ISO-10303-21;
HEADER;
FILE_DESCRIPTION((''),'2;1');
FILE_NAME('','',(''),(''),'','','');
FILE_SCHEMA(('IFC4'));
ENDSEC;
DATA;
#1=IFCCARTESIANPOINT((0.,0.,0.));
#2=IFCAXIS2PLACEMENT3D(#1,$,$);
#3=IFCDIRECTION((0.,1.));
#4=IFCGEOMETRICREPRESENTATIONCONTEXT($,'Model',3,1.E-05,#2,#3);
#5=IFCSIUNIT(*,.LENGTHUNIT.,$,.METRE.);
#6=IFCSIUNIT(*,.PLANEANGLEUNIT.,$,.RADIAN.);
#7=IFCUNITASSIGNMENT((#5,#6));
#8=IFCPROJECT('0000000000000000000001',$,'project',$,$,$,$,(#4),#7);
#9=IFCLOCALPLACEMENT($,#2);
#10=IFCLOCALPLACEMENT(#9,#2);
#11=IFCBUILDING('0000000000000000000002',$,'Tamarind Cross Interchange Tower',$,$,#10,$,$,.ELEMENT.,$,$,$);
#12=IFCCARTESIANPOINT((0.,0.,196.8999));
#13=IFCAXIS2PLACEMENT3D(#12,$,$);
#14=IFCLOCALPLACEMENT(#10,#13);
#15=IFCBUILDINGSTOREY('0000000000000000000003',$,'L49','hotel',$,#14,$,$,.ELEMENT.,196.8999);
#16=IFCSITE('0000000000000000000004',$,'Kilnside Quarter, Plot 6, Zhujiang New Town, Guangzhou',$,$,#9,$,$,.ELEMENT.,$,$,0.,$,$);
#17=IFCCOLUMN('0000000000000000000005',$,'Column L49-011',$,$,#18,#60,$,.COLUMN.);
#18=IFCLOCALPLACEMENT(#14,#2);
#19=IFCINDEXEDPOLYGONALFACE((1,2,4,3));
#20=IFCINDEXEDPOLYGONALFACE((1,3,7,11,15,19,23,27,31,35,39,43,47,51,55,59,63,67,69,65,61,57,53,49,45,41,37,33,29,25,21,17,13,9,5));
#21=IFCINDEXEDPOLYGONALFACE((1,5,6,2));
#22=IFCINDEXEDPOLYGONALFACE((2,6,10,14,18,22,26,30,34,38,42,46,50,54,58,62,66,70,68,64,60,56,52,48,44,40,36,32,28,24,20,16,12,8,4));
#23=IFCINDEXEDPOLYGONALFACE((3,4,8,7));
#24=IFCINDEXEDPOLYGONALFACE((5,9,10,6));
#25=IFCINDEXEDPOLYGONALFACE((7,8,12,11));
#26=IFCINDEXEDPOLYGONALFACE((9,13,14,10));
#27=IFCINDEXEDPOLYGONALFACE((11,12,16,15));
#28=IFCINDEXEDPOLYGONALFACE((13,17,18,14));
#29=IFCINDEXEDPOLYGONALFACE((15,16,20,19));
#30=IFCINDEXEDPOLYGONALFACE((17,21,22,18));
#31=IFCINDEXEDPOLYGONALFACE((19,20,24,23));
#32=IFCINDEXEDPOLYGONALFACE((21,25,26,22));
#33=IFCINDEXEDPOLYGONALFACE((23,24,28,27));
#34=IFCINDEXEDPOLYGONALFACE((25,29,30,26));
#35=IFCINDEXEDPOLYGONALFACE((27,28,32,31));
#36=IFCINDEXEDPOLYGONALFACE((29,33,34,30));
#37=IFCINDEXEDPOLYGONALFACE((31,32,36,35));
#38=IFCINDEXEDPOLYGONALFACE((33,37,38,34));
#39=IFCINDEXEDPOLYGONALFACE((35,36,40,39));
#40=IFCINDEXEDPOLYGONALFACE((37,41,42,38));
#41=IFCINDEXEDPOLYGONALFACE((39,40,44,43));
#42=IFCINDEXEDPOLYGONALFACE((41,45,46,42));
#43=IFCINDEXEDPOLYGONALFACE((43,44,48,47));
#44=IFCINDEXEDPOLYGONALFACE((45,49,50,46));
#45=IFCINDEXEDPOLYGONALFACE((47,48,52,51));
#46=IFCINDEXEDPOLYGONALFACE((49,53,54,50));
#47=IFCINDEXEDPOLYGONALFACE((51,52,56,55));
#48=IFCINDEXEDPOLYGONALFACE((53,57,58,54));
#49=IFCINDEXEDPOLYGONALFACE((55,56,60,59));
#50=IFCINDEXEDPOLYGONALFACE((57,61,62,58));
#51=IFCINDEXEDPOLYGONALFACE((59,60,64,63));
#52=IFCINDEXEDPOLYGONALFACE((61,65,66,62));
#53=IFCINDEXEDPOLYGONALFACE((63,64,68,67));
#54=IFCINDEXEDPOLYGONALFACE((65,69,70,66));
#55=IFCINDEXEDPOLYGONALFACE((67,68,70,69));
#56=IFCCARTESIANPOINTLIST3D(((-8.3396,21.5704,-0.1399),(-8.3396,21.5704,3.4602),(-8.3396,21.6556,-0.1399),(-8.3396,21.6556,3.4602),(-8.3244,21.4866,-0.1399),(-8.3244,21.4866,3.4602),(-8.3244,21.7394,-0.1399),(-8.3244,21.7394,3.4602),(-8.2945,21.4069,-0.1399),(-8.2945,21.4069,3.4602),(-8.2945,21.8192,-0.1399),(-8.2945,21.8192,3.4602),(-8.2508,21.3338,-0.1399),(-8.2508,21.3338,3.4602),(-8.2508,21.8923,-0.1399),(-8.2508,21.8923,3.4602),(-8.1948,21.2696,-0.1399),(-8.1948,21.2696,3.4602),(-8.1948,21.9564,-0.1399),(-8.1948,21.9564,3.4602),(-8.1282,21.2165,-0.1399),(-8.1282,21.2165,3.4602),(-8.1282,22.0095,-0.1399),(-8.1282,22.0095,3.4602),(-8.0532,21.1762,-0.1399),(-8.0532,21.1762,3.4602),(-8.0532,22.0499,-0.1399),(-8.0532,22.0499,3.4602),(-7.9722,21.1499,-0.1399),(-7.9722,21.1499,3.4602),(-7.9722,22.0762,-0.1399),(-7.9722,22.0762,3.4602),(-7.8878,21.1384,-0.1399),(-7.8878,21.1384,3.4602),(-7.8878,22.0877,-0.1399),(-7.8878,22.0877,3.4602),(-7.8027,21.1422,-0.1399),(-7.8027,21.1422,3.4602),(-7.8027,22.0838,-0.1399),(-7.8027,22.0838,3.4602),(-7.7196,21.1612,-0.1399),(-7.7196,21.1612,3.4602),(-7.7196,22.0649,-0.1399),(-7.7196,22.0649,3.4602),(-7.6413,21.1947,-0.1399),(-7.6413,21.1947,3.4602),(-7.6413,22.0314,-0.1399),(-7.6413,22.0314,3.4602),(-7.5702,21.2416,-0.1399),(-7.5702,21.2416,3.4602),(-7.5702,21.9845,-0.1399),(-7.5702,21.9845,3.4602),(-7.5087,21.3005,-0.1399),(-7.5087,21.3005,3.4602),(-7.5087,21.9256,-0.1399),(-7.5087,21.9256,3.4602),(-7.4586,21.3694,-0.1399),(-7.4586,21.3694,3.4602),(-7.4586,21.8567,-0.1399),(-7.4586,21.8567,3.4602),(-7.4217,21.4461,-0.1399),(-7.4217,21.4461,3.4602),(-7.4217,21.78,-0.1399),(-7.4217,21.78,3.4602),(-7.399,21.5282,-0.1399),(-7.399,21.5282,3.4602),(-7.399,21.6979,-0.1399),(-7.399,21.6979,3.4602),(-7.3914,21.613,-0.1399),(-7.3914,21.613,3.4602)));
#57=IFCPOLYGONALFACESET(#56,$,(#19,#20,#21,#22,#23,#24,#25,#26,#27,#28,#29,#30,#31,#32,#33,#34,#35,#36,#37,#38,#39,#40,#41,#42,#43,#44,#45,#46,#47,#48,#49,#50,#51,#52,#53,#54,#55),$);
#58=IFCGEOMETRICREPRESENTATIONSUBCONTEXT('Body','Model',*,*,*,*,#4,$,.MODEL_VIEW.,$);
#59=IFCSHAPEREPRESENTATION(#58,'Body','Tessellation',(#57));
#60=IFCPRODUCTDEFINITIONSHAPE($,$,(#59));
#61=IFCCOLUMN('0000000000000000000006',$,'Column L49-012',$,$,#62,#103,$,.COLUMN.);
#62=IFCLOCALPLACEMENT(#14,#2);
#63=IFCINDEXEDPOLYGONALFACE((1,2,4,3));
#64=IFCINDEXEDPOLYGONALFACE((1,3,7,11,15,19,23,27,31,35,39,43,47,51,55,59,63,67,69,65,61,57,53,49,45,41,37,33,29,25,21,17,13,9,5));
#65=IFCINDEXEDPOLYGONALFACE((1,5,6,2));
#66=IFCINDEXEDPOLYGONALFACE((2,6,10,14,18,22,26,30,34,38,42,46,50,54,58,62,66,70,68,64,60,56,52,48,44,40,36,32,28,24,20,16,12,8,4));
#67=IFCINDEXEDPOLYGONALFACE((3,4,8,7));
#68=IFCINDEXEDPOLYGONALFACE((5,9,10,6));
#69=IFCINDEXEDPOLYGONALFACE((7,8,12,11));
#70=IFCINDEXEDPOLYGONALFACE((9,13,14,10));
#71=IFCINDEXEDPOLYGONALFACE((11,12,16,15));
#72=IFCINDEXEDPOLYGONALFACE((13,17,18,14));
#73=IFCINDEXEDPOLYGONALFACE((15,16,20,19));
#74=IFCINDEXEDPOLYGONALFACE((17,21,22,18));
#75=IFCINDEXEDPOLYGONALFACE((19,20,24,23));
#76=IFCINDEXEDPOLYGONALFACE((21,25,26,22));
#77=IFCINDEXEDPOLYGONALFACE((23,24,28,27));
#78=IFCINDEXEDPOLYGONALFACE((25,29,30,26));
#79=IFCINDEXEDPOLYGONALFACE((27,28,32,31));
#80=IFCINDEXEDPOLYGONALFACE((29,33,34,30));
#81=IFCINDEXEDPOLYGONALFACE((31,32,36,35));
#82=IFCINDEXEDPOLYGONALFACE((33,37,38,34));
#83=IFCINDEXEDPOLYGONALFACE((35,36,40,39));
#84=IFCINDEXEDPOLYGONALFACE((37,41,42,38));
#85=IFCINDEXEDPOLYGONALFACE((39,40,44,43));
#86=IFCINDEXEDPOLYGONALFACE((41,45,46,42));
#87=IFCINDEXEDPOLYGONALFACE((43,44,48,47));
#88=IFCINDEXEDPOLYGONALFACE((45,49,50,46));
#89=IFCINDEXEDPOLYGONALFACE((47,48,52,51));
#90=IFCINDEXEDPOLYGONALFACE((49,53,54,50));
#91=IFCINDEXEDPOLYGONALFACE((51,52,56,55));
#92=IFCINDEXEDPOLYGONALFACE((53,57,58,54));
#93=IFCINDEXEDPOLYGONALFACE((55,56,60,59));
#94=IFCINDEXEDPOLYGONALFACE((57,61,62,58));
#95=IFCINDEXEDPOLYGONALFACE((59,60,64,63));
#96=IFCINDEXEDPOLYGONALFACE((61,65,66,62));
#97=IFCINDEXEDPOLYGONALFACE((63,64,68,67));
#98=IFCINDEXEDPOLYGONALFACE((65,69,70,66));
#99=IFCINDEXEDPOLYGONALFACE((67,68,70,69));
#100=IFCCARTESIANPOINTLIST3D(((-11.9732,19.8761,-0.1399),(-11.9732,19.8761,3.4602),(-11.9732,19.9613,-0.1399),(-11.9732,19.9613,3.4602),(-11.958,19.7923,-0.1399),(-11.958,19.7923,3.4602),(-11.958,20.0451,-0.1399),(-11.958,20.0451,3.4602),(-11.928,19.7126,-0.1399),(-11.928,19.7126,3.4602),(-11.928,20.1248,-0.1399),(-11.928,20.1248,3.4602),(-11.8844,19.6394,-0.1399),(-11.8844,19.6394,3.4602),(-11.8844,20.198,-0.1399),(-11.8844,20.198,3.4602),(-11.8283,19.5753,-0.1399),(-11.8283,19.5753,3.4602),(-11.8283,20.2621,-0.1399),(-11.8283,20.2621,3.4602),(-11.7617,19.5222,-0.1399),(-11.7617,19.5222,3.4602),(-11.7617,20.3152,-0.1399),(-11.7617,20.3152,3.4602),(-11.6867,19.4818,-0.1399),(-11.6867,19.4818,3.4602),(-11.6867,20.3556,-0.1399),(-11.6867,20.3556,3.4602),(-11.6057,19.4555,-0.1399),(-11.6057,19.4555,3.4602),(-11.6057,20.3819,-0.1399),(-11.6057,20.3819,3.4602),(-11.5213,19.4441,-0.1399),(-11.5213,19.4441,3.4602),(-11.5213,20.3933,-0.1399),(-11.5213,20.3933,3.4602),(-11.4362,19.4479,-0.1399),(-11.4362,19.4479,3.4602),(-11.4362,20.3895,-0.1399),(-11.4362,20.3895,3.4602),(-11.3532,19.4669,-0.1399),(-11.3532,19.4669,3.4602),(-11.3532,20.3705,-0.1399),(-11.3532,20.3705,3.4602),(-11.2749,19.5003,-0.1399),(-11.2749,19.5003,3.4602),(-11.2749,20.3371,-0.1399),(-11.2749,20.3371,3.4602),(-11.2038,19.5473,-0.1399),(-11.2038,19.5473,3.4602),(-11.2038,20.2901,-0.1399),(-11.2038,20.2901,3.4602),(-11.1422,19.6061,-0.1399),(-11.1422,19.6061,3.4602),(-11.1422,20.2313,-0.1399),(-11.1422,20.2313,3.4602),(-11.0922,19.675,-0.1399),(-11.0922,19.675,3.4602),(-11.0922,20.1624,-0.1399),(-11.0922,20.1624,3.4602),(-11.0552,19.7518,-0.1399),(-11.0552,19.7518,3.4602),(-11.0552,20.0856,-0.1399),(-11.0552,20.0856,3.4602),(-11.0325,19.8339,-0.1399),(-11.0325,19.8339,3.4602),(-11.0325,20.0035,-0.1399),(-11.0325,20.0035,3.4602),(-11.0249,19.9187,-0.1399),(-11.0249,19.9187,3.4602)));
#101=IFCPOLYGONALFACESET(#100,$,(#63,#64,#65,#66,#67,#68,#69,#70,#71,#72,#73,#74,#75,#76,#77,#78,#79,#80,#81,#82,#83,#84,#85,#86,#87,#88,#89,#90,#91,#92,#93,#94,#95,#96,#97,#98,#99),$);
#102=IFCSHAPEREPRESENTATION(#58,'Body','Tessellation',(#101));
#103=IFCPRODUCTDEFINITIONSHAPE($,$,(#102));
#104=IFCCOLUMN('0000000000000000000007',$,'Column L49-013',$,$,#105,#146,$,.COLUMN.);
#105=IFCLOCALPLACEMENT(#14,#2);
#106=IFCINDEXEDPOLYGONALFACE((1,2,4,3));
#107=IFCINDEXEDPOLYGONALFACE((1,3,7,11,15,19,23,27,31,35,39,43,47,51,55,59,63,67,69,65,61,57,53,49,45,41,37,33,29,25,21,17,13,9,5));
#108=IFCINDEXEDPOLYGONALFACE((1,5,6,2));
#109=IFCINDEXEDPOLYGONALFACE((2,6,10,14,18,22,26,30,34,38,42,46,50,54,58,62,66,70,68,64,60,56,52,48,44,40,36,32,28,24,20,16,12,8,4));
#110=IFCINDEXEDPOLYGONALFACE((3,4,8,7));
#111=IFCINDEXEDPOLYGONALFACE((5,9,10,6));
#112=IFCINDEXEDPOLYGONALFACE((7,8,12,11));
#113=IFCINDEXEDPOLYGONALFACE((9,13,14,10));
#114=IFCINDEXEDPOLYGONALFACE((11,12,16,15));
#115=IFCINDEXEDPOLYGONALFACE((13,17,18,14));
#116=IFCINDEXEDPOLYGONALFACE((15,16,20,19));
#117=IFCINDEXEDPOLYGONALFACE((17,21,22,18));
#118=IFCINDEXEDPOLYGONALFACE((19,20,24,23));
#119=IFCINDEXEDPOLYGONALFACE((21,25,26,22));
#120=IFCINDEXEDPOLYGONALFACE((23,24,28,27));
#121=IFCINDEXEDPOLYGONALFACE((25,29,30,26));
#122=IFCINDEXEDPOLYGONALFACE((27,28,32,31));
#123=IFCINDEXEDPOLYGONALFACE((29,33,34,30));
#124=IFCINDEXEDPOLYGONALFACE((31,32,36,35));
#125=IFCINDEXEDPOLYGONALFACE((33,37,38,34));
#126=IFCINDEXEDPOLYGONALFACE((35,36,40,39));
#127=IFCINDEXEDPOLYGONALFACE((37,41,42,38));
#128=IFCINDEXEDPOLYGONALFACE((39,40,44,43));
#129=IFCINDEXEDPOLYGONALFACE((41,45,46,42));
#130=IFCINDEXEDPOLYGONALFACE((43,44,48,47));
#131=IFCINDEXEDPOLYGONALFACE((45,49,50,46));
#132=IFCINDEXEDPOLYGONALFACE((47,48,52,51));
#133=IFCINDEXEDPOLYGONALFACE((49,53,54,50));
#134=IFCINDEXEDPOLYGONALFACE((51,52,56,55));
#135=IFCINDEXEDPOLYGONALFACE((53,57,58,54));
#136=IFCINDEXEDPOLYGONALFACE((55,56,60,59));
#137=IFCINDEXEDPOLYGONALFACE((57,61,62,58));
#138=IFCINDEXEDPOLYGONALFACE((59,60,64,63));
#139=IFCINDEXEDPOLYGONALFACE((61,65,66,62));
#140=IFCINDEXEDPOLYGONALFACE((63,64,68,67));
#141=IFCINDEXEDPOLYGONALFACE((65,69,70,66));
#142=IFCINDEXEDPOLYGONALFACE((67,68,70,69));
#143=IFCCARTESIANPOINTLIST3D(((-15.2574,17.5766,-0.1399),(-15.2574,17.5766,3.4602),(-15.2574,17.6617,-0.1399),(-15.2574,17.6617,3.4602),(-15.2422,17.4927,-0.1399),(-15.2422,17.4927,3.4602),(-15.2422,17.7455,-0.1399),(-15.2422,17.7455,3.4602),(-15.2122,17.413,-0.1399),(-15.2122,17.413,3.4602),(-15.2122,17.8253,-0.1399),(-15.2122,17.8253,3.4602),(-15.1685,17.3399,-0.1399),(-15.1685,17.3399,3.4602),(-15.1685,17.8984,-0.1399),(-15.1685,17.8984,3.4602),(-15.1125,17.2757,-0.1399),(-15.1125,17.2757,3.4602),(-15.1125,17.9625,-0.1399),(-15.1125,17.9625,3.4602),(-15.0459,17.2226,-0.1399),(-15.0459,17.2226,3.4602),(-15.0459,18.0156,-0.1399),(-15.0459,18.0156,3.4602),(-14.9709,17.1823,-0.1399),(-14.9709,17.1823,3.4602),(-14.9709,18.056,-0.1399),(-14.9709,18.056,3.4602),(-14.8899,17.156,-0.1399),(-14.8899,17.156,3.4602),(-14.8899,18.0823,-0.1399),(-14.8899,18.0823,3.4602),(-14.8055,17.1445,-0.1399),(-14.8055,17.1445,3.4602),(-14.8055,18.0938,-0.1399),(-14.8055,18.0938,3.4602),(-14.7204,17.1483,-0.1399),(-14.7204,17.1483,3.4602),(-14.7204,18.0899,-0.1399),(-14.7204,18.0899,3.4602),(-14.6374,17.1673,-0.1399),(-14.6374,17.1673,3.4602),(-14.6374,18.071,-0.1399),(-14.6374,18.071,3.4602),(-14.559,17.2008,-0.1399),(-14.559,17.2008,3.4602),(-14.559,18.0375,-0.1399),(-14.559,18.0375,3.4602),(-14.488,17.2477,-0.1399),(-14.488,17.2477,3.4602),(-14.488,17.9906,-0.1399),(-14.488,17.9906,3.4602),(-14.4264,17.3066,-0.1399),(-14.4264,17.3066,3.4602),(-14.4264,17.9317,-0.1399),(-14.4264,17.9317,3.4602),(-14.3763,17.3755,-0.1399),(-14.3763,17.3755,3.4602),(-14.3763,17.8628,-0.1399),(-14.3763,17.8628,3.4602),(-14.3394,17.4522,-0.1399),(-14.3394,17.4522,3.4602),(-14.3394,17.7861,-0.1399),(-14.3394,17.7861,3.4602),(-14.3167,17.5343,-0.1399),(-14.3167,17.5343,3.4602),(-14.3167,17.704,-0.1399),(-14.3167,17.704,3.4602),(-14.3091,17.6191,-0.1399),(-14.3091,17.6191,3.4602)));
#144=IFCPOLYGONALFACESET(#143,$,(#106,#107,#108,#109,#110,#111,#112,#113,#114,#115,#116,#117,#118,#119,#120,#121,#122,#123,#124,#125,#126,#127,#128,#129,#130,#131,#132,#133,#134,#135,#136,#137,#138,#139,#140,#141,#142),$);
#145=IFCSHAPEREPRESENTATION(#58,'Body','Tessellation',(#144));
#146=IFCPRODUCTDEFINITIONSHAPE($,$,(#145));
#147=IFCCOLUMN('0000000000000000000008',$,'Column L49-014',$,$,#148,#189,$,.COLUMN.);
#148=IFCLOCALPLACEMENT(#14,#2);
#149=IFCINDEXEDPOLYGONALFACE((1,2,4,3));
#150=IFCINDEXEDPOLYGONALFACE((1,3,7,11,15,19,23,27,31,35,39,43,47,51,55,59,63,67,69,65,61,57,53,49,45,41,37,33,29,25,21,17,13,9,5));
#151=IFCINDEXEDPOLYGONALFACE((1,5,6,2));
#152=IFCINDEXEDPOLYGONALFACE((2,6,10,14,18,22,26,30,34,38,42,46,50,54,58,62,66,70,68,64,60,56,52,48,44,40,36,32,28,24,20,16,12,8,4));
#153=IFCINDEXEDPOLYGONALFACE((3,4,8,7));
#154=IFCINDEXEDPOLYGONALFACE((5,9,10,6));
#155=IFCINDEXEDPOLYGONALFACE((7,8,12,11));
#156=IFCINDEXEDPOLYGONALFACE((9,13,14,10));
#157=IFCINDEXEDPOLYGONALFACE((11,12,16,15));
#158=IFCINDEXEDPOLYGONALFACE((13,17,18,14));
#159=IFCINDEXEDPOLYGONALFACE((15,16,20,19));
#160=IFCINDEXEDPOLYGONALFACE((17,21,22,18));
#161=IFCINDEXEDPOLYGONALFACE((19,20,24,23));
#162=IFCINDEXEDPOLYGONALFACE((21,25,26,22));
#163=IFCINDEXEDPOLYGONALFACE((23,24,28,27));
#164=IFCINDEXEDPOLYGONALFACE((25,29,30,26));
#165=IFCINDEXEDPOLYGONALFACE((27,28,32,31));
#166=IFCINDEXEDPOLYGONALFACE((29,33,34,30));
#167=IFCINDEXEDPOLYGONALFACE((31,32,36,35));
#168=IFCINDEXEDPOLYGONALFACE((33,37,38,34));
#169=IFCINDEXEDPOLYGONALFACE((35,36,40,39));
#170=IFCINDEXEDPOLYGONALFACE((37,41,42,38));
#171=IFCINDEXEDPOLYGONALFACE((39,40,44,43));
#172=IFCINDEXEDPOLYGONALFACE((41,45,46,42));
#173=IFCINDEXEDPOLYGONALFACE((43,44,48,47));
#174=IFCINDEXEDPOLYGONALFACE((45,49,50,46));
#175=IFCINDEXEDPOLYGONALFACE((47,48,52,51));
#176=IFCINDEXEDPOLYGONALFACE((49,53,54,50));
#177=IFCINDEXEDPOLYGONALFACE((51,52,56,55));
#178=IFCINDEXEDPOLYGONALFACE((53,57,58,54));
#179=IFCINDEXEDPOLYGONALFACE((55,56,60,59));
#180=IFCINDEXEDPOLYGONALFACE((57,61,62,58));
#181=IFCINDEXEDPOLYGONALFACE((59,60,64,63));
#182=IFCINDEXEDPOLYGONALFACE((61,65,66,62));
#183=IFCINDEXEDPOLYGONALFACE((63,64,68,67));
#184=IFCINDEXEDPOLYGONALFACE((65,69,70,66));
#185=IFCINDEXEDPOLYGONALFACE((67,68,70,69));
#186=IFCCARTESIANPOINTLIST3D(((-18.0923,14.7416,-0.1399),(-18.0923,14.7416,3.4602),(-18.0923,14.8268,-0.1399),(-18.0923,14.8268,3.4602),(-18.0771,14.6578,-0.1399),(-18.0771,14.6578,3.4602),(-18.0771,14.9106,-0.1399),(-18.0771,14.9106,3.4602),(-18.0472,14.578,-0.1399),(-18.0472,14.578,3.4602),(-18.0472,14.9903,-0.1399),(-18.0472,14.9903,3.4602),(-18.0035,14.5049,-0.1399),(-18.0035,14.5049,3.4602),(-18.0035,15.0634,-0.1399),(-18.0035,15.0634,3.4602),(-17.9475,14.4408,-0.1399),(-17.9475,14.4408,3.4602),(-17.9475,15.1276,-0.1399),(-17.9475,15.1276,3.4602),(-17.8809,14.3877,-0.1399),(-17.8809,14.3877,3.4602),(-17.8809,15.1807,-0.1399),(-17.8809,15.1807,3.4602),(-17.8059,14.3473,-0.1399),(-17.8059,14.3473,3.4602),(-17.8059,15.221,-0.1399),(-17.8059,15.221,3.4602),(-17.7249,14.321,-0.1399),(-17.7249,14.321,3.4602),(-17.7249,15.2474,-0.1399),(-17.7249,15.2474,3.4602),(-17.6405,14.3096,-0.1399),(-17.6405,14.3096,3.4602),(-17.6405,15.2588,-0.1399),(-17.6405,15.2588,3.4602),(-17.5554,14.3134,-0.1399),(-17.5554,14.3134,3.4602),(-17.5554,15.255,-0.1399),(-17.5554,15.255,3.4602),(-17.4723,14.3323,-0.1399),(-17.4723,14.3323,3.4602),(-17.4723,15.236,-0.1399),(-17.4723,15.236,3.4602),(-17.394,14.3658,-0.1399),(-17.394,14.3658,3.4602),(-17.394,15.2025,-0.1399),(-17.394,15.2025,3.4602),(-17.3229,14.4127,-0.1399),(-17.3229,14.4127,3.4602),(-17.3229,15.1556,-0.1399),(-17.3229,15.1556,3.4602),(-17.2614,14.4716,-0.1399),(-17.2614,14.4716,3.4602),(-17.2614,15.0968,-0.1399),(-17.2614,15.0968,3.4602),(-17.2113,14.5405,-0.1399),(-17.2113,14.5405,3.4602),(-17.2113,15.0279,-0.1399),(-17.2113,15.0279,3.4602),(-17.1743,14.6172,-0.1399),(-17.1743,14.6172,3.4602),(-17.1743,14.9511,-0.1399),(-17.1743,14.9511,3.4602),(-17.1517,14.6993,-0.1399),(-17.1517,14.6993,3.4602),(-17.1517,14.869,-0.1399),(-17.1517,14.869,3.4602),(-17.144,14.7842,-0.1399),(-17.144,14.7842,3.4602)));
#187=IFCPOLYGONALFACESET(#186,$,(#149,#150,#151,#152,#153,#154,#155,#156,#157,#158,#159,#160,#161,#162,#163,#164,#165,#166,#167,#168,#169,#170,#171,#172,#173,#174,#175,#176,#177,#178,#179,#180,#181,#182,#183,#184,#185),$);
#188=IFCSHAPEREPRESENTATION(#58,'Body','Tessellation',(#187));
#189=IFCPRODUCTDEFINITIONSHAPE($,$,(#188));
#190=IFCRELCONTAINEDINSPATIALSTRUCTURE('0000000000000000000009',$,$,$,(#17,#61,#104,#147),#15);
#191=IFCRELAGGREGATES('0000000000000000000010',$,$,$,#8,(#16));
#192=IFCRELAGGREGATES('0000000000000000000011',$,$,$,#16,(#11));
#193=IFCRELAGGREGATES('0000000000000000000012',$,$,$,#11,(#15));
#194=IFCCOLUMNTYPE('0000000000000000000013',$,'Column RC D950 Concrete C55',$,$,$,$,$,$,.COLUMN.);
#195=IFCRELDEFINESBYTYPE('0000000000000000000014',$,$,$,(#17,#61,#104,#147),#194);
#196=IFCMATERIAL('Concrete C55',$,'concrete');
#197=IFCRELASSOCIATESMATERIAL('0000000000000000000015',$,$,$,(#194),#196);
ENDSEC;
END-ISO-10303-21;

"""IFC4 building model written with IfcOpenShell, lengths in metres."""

from ifc_helpers import new_model, si_unit, direction, frame, origin, origin_2d, place, context, subcontext, project, spatial, circle, extrude, material, material_profile, profile_set, type_object, element, save


model = new_model("IFC4")

# Units and contexts
model_context = context("Model", 3, precision=1e-05, world=origin(), true_north=direction((0.0, 1.0)))
body_context = subcontext(model_context, "Body", "Model", "MODEL_VIEW")
ifc_project = project(units=[si_unit("LENGTHUNIT", "METRE"), si_unit("PLANEANGLEUNIT", "RADIAN")], contexts=[model_context])

# Site, building, storey
site_placement = place(None, origin())
site = spatial("IfcSite", under=ifc_project, at=site_placement, Name="Kilnside Quarter, Plot 6, Zhujiang New Town, Guangzhou", CompositionType="ELEMENT", RefElevation=0.0)
building_placement = place(site_placement, origin())
building = spatial("IfcBuilding", under=site, at=building_placement, Name="Tamarind Cross Interchange Tower", CompositionType="ELEMENT")
storey_placement = place(building_placement, frame((0.0, 0.0, 196.8999)))
storey = spatial("IfcBuildingStorey", under=building, at=storey_placement, Name="L49", Description="hotel", CompositionType="ELEMENT", Elevation=196.8999)

# Columns
ifc_material_1 = material(Name="Concrete C55", Category="concrete")
ifc_material_profile_1 = material_profile(ifc_material_1, circle(Radius=0.4751, at=origin_2d()), Name="RC D950")
ifc_profile_set_1 = profile_set([ifc_material_profile_1], Name="Concrete C55")
column_type = type_object("IfcColumnType", Name="Column RC D950 Concrete C55", PredefinedType="COLUMN", material=ifc_profile_set_1)
for number, where, z_axis, x_axis, name in (
    (1, (-7.8665, 21.613, -0.1399), (0.0, 0.0, 1.0), (1.0, 0.0, 0.0), "Column L49-011"),
    (2, (-11.5, 19.9187, -0.1399), (0.0, 0.0, 1.0), (1.0, 0.0, 0.0), "Column L49-012"),
    (3, (-14.7842, 17.6191, -0.1399), (0.0, 0.0, 1.0), (1.0, 0.0, 0.0), "Column L49-013"),
    (4, (-17.6191, 14.7842, -0.1399), (0.0, 0.0, 1.0), (1.0, 0.0, 0.0), "Column L49-014"),
):
    element("IfcColumn", number, at=place(storey_placement, frame(where, z_axis=z_axis, x_axis=x_axis)), inside=storey, type_object=column_type, Name=name, PredefinedType="COLUMN", context=body_context, shape_type="SweptSolid", body=[
        extrude(circle(Radius=0.4751, at=origin_2d()), origin(), (0.0, 0.0, 1.0), 3.6001),
    ])

save(model, "model.ifc")
